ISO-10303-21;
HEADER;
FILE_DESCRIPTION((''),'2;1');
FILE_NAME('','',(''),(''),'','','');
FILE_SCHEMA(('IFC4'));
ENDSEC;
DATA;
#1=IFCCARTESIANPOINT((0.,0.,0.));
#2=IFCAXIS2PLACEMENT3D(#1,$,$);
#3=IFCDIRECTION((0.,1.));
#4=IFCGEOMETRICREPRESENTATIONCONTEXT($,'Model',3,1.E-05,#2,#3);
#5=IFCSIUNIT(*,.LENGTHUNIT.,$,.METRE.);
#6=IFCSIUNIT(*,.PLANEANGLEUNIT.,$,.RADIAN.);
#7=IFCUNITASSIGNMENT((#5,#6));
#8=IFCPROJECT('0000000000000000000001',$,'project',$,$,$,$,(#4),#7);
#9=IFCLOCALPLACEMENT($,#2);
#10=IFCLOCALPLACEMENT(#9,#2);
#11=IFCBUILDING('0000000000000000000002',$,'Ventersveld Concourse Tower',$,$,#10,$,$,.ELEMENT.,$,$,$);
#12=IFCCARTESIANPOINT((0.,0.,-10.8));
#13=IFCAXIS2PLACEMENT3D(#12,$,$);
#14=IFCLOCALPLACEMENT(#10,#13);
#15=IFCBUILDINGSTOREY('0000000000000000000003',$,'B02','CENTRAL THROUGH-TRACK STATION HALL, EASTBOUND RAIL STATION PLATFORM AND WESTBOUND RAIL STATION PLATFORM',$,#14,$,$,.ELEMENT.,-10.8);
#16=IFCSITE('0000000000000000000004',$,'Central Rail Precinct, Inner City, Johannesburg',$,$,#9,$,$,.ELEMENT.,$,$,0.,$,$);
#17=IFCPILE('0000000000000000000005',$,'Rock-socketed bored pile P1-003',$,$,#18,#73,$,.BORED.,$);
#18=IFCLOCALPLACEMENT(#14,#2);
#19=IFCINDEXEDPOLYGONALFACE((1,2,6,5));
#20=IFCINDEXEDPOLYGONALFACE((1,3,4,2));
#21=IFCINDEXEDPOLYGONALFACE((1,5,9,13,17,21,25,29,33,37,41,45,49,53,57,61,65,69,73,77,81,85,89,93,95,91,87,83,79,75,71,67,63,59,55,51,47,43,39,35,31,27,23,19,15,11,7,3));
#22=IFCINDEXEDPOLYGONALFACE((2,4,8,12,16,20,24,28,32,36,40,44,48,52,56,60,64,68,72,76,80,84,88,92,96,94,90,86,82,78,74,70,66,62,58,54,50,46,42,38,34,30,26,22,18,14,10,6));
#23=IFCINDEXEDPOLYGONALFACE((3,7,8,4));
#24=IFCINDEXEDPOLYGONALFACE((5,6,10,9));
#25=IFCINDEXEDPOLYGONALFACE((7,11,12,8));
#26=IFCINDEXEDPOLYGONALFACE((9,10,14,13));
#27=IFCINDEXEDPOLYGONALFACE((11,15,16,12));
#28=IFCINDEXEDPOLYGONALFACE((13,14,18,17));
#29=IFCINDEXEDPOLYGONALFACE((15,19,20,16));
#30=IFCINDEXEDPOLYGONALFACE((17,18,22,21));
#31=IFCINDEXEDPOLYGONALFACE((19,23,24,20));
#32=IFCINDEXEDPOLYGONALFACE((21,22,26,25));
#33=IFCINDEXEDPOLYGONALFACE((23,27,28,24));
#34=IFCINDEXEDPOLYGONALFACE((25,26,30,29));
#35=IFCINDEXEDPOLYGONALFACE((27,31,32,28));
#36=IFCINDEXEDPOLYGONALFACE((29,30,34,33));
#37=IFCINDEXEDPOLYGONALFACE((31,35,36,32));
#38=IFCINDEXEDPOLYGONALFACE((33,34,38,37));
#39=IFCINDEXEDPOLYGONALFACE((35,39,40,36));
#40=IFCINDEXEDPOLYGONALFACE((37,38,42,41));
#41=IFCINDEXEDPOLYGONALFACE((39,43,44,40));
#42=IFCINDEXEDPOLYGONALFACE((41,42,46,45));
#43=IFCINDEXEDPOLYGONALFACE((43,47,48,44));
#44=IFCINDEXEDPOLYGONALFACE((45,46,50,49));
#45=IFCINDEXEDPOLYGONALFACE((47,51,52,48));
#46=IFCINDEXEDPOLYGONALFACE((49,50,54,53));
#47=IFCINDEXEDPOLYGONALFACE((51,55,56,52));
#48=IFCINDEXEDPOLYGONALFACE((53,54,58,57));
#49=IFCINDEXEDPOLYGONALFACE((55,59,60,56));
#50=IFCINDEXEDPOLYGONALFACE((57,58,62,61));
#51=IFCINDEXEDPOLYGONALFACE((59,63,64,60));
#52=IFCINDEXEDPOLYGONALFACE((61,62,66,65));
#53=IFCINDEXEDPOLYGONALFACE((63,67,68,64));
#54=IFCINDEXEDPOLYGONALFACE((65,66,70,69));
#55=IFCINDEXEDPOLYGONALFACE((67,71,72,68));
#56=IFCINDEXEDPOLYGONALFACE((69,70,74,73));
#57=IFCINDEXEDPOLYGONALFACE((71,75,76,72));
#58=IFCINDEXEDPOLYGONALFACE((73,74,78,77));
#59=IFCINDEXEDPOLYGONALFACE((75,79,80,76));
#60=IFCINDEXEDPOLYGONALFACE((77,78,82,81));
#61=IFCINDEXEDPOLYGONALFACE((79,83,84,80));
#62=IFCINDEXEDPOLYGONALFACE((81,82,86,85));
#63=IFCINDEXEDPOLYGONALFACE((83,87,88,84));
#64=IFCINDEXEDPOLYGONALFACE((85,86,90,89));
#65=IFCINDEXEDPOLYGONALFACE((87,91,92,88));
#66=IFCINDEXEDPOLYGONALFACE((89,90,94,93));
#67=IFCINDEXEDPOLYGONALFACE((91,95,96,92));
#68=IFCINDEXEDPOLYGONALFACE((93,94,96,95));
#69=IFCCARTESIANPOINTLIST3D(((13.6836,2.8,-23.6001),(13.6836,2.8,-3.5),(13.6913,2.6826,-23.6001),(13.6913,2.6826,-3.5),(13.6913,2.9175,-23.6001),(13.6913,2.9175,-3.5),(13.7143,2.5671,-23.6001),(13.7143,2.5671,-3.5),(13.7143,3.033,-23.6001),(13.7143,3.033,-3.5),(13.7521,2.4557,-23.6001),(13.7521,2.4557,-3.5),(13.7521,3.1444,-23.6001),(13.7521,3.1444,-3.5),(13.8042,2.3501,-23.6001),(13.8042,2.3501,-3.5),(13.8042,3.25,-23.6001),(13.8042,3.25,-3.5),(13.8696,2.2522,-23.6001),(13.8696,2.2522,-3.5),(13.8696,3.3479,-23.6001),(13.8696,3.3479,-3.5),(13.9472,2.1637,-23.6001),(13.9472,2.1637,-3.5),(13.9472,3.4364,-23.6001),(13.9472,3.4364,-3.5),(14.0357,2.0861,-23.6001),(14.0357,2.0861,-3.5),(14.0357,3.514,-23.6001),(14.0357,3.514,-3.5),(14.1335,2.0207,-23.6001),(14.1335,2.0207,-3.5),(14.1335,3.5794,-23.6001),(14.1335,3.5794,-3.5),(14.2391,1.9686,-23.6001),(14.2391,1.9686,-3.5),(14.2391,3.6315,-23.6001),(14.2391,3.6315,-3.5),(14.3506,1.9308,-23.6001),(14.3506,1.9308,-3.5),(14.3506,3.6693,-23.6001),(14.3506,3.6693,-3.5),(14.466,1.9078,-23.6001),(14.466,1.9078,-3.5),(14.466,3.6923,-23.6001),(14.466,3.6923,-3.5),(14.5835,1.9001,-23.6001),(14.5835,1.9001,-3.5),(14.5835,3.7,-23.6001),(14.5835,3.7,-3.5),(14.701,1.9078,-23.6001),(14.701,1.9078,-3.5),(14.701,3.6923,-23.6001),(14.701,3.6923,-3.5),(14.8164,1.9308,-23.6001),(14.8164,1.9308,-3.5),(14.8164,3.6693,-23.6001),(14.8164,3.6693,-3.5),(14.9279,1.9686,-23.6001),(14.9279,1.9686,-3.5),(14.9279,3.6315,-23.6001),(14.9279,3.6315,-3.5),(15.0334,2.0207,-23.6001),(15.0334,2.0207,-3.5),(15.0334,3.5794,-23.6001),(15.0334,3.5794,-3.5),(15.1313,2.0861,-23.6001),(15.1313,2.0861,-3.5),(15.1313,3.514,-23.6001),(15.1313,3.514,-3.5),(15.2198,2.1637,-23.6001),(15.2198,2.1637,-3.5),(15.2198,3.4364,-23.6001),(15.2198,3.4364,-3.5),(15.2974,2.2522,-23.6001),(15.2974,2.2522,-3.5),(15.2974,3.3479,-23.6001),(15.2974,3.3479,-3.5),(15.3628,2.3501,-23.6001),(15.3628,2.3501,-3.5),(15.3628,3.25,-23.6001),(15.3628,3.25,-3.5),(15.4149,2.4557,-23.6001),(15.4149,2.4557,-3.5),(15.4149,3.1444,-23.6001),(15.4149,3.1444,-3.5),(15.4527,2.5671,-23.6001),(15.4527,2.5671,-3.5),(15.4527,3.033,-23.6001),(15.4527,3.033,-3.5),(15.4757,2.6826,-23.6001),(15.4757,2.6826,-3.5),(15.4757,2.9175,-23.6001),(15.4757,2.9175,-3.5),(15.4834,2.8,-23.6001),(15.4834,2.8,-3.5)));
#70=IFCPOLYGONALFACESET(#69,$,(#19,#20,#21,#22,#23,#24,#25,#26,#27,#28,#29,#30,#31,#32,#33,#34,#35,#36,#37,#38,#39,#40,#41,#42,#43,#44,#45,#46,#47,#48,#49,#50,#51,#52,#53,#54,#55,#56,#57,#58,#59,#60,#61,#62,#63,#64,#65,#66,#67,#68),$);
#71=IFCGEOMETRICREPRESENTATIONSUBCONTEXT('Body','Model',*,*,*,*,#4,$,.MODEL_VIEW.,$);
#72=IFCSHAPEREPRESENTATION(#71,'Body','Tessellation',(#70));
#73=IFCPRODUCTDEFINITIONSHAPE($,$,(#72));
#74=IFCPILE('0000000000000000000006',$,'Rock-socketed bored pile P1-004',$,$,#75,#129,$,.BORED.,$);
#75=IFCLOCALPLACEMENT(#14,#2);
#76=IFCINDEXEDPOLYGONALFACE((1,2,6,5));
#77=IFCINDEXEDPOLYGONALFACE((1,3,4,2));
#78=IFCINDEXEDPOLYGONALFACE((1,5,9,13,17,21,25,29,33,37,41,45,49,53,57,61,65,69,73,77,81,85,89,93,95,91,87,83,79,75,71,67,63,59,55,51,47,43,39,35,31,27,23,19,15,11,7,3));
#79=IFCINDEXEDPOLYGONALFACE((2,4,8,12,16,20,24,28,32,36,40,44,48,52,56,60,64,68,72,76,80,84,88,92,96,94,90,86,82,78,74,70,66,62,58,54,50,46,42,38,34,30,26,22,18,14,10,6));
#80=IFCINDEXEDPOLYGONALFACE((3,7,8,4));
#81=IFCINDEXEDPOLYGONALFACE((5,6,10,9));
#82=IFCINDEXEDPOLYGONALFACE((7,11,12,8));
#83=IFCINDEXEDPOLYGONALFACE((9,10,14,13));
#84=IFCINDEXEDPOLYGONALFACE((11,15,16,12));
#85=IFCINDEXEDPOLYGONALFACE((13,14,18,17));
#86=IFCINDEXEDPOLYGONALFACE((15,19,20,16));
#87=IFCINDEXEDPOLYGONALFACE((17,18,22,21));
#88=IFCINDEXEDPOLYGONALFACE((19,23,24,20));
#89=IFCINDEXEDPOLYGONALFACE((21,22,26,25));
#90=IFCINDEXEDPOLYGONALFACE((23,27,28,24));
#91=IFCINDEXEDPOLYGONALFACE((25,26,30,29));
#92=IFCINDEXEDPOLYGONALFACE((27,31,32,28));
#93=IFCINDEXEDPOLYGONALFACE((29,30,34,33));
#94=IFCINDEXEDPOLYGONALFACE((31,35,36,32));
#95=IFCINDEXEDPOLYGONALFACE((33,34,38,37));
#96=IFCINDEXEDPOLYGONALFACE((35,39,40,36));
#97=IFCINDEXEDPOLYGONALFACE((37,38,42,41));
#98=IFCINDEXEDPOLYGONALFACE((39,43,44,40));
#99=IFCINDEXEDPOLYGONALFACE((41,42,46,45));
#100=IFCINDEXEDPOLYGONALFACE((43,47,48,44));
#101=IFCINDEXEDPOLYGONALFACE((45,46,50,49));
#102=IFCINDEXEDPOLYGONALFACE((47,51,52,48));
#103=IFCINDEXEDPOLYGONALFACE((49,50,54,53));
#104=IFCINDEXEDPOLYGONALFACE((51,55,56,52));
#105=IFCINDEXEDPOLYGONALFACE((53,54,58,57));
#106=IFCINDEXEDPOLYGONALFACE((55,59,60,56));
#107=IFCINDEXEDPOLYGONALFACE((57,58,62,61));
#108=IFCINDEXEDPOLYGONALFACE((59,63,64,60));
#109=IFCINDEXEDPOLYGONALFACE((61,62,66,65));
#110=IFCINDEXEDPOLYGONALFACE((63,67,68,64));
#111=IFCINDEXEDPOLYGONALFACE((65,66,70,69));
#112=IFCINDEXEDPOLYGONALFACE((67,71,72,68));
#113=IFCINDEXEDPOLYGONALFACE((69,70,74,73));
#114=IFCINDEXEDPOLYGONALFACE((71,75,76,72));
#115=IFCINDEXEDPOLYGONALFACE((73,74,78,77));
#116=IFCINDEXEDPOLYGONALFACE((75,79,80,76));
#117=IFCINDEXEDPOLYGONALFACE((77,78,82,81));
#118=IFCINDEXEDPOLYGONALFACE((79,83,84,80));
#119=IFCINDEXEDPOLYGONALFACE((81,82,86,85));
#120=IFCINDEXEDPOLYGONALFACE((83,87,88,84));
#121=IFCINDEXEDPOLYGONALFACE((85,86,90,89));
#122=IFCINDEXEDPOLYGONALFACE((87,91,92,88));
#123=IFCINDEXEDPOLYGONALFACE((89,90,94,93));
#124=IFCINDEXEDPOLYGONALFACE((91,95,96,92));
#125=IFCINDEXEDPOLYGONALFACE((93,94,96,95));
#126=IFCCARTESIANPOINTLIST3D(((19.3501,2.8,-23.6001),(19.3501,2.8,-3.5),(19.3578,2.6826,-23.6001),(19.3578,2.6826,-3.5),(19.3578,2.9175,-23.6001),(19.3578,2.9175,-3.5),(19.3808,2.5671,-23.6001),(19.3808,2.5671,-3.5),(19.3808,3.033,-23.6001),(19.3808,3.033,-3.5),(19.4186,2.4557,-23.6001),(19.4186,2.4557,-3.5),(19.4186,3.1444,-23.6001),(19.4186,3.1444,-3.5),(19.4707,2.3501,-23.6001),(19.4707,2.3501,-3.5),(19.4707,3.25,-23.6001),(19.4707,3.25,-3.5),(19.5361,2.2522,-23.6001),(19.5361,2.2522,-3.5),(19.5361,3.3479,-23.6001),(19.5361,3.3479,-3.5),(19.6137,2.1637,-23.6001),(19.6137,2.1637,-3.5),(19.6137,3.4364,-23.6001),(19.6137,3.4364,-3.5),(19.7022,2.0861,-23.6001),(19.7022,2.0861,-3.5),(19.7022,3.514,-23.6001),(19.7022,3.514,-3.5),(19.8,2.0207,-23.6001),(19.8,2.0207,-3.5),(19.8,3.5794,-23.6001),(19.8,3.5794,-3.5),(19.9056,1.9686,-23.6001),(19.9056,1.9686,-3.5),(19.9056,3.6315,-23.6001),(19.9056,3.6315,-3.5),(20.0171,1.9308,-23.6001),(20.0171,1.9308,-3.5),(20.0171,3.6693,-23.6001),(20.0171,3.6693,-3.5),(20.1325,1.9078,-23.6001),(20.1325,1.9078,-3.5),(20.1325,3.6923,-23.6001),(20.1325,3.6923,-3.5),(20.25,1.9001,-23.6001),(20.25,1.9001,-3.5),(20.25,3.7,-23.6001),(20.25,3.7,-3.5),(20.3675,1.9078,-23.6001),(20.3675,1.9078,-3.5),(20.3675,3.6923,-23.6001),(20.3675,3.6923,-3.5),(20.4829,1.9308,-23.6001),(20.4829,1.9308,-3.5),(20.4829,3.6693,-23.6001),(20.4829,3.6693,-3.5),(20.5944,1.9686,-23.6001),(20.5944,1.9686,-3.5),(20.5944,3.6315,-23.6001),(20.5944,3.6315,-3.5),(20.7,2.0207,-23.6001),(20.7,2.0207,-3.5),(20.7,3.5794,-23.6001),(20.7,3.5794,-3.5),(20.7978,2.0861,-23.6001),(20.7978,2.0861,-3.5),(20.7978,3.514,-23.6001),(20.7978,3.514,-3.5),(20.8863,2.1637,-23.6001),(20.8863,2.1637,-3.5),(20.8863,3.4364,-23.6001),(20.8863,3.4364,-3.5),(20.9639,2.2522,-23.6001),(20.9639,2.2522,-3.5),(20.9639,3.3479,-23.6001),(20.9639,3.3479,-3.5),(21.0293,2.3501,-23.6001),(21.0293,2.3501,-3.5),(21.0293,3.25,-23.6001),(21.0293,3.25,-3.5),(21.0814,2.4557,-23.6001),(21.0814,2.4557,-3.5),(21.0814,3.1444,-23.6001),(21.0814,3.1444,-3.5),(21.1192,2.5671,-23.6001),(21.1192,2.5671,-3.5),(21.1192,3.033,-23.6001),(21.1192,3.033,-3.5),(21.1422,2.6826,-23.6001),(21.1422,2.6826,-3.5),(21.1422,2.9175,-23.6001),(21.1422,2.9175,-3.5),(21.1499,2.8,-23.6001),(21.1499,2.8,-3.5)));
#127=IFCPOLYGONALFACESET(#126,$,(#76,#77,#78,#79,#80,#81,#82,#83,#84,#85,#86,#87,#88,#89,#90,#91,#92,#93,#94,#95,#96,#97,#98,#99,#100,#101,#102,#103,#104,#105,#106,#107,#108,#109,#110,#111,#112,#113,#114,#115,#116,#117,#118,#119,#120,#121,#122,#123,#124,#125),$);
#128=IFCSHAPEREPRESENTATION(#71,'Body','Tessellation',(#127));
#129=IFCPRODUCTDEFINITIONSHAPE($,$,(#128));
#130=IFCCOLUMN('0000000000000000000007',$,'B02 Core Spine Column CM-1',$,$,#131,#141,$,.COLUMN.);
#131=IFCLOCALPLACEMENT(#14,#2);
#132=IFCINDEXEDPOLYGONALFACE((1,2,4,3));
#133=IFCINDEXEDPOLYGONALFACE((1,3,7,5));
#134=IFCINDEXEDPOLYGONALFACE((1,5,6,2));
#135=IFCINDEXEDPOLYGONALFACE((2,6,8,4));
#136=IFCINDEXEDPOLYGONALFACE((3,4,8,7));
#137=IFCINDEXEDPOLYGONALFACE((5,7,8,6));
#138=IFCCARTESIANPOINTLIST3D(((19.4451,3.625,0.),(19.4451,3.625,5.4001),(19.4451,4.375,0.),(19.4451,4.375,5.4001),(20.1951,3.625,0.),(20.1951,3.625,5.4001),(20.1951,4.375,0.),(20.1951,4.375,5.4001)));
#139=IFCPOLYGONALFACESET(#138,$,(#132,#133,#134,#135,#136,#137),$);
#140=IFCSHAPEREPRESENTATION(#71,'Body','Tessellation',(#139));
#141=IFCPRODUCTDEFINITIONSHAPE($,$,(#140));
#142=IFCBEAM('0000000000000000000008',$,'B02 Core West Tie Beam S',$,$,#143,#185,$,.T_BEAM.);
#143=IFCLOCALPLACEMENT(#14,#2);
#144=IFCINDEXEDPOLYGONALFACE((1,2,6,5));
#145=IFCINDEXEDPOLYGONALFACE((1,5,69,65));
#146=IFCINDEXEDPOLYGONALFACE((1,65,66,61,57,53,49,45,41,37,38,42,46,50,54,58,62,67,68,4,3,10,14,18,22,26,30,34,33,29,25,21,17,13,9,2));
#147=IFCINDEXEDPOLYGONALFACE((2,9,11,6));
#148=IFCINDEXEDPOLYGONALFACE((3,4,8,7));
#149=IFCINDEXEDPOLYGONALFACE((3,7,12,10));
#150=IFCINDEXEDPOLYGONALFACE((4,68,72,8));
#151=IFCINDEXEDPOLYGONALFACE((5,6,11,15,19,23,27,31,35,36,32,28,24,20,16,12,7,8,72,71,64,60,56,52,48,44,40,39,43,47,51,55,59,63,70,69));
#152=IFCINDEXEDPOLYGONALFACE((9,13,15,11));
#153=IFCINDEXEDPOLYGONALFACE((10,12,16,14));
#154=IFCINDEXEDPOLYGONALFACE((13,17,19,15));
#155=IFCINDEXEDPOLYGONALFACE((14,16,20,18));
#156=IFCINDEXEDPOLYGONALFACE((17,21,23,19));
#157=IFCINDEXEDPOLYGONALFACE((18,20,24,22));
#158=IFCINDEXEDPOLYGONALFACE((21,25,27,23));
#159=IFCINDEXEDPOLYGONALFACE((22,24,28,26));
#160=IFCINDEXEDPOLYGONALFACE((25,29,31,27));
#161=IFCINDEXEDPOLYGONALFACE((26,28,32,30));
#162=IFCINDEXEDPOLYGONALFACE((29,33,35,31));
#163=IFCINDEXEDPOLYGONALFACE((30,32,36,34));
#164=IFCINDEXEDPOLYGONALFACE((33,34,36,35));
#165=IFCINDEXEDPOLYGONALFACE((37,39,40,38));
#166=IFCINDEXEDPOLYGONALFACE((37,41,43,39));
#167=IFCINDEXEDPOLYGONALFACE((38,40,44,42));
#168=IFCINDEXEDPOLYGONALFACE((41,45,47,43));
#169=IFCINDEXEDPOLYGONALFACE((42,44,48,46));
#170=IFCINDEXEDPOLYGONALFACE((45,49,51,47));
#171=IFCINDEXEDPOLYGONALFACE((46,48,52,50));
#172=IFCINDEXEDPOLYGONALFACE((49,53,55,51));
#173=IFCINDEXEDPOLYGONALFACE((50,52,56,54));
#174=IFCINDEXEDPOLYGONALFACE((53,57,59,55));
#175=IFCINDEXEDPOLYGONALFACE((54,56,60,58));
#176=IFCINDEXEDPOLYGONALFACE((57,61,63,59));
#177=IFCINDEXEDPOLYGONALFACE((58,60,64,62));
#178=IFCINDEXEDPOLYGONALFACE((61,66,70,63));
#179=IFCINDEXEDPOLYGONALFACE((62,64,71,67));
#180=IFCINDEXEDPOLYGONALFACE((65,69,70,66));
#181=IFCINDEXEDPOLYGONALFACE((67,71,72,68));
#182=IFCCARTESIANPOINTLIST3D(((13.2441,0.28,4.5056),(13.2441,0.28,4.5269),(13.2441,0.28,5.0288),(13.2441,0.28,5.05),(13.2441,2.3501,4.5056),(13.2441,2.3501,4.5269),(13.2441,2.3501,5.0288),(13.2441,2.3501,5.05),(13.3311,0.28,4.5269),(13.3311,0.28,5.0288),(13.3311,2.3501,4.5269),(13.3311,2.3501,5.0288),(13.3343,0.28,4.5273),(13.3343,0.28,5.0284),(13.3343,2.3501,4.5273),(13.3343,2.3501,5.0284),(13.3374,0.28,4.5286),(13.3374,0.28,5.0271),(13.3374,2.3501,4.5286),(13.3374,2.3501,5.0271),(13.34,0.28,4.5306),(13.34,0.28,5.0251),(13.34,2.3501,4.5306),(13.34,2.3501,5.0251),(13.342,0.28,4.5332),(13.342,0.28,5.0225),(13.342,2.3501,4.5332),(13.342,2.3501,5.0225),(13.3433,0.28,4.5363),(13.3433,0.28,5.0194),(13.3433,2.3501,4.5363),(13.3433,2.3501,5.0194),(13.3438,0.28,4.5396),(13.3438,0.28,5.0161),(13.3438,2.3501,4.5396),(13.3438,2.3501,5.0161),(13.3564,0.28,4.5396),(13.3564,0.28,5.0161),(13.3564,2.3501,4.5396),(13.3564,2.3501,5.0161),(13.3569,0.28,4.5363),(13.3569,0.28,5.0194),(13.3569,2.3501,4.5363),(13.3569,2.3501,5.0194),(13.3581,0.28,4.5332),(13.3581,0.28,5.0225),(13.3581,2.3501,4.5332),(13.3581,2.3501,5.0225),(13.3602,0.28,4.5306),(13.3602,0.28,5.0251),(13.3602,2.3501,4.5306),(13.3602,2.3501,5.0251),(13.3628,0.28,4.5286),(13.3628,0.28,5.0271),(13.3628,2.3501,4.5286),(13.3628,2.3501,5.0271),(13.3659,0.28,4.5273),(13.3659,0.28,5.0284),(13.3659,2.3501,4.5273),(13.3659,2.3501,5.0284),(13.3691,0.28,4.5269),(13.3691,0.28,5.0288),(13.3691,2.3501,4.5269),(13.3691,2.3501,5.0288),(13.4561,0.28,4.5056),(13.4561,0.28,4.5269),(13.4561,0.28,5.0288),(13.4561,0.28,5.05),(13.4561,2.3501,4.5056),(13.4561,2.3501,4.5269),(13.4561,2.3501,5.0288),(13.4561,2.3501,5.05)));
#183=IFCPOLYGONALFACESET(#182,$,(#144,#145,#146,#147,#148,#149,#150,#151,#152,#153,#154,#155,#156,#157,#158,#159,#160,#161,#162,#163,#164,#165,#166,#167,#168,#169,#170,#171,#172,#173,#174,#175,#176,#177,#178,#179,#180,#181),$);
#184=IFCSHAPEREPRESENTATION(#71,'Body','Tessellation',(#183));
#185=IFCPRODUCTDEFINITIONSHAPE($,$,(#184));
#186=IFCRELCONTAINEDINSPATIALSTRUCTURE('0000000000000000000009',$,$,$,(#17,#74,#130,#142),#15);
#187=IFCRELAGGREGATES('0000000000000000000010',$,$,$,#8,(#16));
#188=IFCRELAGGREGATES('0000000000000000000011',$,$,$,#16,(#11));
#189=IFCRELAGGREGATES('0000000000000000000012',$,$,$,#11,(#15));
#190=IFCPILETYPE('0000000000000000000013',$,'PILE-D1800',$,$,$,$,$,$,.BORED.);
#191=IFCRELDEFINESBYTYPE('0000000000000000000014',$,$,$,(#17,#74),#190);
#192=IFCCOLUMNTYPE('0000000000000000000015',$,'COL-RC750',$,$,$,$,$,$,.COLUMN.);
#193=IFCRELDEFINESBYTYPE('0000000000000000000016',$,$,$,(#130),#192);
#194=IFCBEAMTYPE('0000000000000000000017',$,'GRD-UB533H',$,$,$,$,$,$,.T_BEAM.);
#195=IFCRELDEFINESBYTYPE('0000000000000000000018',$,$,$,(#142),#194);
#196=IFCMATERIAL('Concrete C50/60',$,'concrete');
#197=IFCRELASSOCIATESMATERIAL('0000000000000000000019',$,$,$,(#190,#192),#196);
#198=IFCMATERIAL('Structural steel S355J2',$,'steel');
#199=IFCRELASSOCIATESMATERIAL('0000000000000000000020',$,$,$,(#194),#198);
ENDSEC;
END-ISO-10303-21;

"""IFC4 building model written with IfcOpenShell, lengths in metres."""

from ifc_helpers import new_model, si_unit, direction, frame, origin, origin_2d, place, context, subcontext, project, spatial, rectangle, circle, i_section, extrude, material, material_profile, profile_set, type_object, element, save


model = new_model("IFC4")

# Units and contexts
model_context = context("Model", 3, precision=1e-05, world=origin(), true_north=direction((0.0, 1.0)))
body_context = subcontext(model_context, "Body", "Model", "MODEL_VIEW")
ifc_project = project(units=[si_unit("LENGTHUNIT", "METRE"), si_unit("PLANEANGLEUNIT", "RADIAN")], contexts=[model_context])

# Site, building, storey
site_placement = place(None, origin())
site = spatial("IfcSite", under=ifc_project, at=site_placement, Name="Central Rail Precinct, Inner City, Johannesburg", CompositionType="ELEMENT", RefElevation=0.0)
building_placement = place(site_placement, origin())
building = spatial("IfcBuilding", under=site, at=building_placement, Name="Ventersveld Concourse Tower", CompositionType="ELEMENT")
storey_placement = place(building_placement, frame((0.0, 0.0, -10.8)))
storey = spatial("IfcBuildingStorey", under=building, at=storey_placement, Name="B02", Description="CENTRAL THROUGH-TRACK STATION HALL, EASTBOUND RAIL STATION PLATFORM AND WESTBOUND RAIL STATION PLATFORM", CompositionType="ELEMENT", Elevation=-10.8)

# Piles
ifc_material_1 = material(Name="Concrete C50/60", Category="concrete")
ifc_material_profile_1 = material_profile(ifc_material_1, circle(Radius=0.8999, at=origin_2d()), Name="PILE D1800")
ifc_profile_set_1 = profile_set([ifc_material_profile_1], Name="Concrete C50/60")
pile_type = type_object("IfcPileType", Name="PILE-D1800", PredefinedType="BORED", material=ifc_profile_set_1)
for number, where, z_axis, x_axis, name in (
    (1, (14.5835, 2.8, -3.5), (0.0, 0.0, -1.0), (1.0, 0.0, 0.0), "Rock-socketed bored pile P1-003"),
    (2, (20.25, 2.8, -3.5), (0.0, 0.0, -1.0), (1.0, 0.0, 0.0), "Rock-socketed bored pile P1-004"),
):
    element("IfcPile", number, at=place(storey_placement, frame(where, z_axis=z_axis, x_axis=x_axis)), inside=storey, type_object=pile_type, Name=name, PredefinedType="BORED", context=body_context, shape_type="SweptSolid", body=[
        extrude(circle(Radius=0.8999, at=origin_2d()), origin(), (0.0, 0.0, 1.0), 20.1001),
    ])

# Column
ifc_material_profile_2 = material_profile(ifc_material_1, rectangle(XDim=0.75, YDim=0.75, at=origin_2d()), Name="RC 750x750")
ifc_profile_set_2 = profile_set([ifc_material_profile_2], Name="Concrete C50/60")
column_type = type_object("IfcColumnType", Name="COL-RC750", PredefinedType="COLUMN", material=ifc_profile_set_2)
column_placement = place(storey_placement, frame((19.8201, 4.0, 0.0), z_axis=(0.0, 0.0, 1.0), x_axis=(1.0, 0.0, 0.0)))
element("IfcColumn", 3, at=column_placement, inside=storey, type_object=column_type, Name="B02 Core Spine Column CM-1", PredefinedType="COLUMN", context=body_context, shape_type="SweptSolid", body=[
    extrude(rectangle(XDim=0.75, YDim=0.75, at=origin_2d()), origin(), (0.0, 0.0, 1.0), 5.4001),
])

# Beam
ifc_material_2 = material(Name="Structural steel S355J2", Category="steel")
ifc_material_profile_3 = material_profile(ifc_material_2, i_section(OverallWidth=0.2119, OverallDepth=0.5444, WebThickness=0.0127, FlangeThickness=0.0212, FilletRadius=0.0127, at=origin_2d()), Name="UB 533x210x122")
ifc_profile_set_3 = profile_set([ifc_material_profile_3], Name="Structural steel S355J2")
beam_type = type_object("IfcBeamType", Name="GRD-UB533H", PredefinedType="T_BEAM", material=ifc_profile_set_3)
beam_1_placement = place(storey_placement, frame((13.3501, 0.28, 4.7778), z_axis=(0.0, 1.0, 0.0), x_axis=(-1.0, 0.0, 0.0)))
element("IfcBeam", 4, at=beam_1_placement, inside=storey, type_object=beam_type, Name="B02 Core West Tie Beam S", PredefinedType="T_BEAM", context=body_context, shape_type="SweptSolid", body=[
    extrude(i_section(OverallWidth=0.2119, OverallDepth=0.5444, WebThickness=0.0127, FlangeThickness=0.0212, FilletRadius=0.0127, at=origin_2d()), origin(), (0.0, 0.0, 1.0), 2.0701),
])

save(model, "model.ifc")
